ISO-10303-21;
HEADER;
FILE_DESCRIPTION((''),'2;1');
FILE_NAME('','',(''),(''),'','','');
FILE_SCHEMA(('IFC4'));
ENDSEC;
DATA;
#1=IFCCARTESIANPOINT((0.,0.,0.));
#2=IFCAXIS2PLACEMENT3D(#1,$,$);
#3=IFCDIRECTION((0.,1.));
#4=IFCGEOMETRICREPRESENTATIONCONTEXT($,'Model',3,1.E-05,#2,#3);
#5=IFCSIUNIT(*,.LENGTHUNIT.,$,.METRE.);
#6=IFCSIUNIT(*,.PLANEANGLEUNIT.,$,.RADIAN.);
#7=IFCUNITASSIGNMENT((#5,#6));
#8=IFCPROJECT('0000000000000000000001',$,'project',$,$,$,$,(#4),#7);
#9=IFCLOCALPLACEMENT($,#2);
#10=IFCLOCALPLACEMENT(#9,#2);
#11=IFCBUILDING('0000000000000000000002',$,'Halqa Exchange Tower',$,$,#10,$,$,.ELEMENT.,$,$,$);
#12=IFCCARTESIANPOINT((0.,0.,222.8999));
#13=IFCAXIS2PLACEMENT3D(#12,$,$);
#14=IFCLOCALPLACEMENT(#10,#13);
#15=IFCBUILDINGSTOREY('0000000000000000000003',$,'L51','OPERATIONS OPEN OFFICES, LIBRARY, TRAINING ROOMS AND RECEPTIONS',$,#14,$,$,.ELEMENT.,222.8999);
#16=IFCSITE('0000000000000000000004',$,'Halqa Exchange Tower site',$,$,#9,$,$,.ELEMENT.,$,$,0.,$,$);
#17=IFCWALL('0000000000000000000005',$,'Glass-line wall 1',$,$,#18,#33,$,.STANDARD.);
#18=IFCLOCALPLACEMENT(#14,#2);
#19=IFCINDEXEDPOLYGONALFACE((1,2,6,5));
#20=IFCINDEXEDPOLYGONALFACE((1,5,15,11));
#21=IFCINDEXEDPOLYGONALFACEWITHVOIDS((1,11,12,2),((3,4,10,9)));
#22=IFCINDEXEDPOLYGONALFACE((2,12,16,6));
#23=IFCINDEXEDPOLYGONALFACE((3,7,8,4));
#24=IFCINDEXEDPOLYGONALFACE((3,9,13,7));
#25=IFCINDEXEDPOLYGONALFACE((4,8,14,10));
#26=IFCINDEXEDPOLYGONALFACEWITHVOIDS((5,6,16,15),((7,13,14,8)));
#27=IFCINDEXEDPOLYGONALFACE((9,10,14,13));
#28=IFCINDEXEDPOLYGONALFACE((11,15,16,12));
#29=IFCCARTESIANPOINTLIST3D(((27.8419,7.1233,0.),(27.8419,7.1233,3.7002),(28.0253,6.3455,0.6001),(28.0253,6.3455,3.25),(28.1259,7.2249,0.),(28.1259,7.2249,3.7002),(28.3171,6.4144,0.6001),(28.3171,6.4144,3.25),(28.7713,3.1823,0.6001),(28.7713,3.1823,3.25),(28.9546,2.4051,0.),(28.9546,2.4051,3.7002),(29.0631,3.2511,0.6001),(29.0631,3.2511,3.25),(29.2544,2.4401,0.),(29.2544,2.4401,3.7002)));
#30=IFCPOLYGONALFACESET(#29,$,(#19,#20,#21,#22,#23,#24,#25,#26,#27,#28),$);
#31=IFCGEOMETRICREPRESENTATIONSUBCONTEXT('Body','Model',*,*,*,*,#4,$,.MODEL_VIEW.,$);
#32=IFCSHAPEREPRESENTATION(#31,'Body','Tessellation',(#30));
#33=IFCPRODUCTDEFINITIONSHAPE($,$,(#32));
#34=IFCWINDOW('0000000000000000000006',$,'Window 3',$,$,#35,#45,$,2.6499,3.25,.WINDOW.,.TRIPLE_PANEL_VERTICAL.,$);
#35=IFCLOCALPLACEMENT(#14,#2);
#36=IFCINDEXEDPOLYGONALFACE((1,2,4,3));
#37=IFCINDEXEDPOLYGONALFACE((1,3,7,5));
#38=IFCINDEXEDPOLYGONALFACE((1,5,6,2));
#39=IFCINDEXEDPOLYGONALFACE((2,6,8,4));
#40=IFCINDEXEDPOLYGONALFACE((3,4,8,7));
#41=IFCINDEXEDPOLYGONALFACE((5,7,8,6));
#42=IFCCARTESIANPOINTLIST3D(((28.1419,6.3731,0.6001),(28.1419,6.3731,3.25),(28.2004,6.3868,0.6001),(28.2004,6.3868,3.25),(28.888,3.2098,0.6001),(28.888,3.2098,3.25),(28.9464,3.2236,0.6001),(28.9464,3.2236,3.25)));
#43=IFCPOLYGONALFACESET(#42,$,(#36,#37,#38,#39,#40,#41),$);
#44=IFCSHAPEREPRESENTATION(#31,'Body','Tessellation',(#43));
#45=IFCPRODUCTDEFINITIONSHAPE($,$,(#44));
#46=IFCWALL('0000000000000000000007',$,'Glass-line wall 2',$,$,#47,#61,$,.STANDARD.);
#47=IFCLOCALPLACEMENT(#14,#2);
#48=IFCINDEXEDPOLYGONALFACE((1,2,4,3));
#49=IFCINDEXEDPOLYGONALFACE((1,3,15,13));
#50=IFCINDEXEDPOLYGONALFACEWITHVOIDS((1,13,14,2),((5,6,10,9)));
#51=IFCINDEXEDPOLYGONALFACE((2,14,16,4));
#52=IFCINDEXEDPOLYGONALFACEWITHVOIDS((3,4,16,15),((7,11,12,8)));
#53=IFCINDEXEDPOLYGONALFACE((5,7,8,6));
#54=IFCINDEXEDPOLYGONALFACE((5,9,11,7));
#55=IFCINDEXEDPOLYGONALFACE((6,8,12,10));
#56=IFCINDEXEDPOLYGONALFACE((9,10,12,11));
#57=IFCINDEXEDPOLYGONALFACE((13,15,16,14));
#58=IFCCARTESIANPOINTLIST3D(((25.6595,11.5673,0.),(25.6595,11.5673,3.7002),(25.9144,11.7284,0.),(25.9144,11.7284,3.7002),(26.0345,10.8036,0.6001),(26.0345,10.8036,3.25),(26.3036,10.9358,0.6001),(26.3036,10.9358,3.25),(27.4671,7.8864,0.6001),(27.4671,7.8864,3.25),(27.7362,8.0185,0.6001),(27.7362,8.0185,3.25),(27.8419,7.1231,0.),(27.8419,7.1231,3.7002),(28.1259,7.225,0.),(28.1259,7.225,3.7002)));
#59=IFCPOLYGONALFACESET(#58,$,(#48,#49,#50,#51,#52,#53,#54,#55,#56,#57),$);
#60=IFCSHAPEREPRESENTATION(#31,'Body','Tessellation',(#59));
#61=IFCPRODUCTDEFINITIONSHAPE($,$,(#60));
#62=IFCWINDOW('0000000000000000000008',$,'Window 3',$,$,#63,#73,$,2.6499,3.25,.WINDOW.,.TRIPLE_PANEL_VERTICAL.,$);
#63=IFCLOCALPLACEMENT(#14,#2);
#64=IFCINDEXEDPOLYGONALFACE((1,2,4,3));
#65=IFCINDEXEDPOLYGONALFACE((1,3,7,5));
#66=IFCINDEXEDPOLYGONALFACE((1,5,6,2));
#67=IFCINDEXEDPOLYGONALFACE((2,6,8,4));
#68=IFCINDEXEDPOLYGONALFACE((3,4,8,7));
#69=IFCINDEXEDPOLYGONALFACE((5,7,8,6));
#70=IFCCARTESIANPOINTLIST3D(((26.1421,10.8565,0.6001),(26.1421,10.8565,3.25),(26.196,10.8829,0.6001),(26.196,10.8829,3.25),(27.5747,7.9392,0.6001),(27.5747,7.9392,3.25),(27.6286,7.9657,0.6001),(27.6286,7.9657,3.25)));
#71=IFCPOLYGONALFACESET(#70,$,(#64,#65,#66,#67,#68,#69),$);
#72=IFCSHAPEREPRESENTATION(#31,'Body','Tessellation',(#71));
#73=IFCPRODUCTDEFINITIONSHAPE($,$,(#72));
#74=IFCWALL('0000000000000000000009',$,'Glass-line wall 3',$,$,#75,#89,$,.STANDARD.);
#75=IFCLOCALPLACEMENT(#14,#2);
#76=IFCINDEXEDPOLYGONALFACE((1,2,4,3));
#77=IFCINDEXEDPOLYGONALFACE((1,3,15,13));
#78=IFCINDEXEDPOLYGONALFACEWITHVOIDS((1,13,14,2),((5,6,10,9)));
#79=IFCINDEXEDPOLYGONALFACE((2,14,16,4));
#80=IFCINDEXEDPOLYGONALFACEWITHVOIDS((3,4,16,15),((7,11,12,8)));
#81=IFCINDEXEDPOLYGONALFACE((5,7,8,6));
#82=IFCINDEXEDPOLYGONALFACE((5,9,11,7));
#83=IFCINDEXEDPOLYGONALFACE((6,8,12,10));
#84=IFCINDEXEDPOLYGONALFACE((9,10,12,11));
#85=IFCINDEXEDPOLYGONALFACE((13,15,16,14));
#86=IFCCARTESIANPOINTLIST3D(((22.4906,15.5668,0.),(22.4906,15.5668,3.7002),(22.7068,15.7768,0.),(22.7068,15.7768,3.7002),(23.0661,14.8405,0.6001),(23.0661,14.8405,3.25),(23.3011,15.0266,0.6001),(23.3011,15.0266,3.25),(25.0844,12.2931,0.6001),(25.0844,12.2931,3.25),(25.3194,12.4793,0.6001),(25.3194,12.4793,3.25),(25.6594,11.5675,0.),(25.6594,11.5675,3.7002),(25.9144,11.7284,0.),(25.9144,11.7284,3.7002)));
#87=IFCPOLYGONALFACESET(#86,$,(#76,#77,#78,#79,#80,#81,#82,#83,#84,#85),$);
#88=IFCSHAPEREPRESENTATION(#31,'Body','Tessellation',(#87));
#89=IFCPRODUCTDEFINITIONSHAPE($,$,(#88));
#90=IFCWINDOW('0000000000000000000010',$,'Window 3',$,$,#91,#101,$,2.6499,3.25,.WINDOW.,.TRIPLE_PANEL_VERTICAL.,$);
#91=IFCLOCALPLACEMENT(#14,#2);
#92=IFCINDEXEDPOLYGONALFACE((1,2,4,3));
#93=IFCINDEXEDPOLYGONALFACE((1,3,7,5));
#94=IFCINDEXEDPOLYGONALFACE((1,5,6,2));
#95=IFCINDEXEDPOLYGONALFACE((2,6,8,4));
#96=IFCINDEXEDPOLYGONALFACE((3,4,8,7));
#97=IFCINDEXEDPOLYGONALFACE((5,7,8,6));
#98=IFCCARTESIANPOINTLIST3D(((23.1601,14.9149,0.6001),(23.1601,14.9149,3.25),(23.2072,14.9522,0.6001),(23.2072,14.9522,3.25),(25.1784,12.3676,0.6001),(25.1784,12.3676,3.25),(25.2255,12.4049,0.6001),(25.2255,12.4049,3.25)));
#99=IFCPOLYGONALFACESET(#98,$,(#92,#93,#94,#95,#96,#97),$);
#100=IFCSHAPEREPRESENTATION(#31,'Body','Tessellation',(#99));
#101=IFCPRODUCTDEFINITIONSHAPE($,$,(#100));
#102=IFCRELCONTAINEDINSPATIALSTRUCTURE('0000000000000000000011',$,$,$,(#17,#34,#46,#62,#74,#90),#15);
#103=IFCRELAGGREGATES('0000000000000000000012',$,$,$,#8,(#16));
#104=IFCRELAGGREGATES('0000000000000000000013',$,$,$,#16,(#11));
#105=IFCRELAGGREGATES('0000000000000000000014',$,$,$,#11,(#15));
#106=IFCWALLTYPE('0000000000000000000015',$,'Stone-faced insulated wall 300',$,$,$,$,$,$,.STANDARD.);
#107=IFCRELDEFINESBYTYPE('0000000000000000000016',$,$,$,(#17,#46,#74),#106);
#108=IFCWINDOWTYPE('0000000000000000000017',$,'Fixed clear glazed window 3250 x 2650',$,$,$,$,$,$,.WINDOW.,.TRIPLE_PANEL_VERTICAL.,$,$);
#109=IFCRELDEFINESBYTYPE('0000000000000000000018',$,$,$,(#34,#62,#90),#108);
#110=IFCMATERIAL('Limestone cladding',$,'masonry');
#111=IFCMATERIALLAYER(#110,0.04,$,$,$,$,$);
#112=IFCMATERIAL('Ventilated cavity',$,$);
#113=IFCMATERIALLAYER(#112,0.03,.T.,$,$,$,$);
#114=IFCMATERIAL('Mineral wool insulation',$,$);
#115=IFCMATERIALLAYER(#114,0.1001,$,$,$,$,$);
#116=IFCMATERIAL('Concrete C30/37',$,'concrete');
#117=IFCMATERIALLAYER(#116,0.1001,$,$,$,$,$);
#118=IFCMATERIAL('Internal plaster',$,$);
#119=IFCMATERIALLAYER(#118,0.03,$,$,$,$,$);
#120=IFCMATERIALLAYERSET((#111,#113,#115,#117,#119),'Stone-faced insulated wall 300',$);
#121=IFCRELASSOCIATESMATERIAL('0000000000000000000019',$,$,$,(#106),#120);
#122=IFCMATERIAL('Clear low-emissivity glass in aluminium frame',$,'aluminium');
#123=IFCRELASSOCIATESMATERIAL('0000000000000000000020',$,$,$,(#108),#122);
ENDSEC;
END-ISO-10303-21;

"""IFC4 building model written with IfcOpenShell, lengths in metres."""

from ifc_helpers import new_model, si_unit, direction, frame, frame_2d, origin, place, context, subcontext, project, spatial, polyline, rectangle, outline, extrude, material, layer, layer_set, type_object, element, fill, save


model = new_model("IFC4")

# Units and contexts
model_context = context("Model", 3, precision=1e-05, world=origin(), true_north=direction((0.0, 1.0)))
body_context = subcontext(model_context, "Body", "Model", "MODEL_VIEW")
ifc_project = project(units=[si_unit("LENGTHUNIT", "METRE"), si_unit("PLANEANGLEUNIT", "RADIAN")], contexts=[model_context])

# Site, building, storey
site_placement = place(None, origin())
site = spatial("IfcSite", under=ifc_project, at=site_placement, Name="Halqa Exchange Tower site", CompositionType="ELEMENT", RefElevation=0.0)
building_placement = place(site_placement, origin())
building = spatial("IfcBuilding", under=site, at=building_placement, Name="Halqa Exchange Tower", CompositionType="ELEMENT")
storey_placement = place(building_placement, frame((0.0, 0.0, 222.8999)))
storey = spatial("IfcBuildingStorey", under=building, at=storey_placement, Name="L51", Description="OPERATIONS OPEN OFFICES, LIBRARY, TRAINING ROOMS AND RECEPTIONS", CompositionType="ELEMENT", Elevation=222.8999)

# Walls, openings, windows
ifc_material_1 = material(Name="Limestone cladding", Category="masonry")
ifc_layer_1 = layer(ifc_material_1, 0.04)
ifc_material_2 = material(Name="Ventilated cavity")
ifc_layer_2 = layer(ifc_material_2, 0.03, ventilated=True)
ifc_material_3 = material(Name="Mineral wool insulation")
ifc_layer_3 = layer(ifc_material_3, 0.1001)
ifc_material_4 = material(Name="Concrete C30/37", Category="concrete")
ifc_layer_4 = layer(ifc_material_4, 0.1001)
ifc_material_5 = material(Name="Internal plaster")
ifc_layer_5 = layer(ifc_material_5, 0.03)
ifc_layer_set_1 = layer_set([ifc_layer_1, ifc_layer_2, ifc_layer_3, ifc_layer_4, ifc_layer_5], Name="Stone-faced insulated wall 300")
wall_type_1 = type_object("IfcWallType", Name="Stone-faced insulated wall 300", PredefinedType="STANDARD", material=ifc_layer_set_1)
wall_1_placement = place(storey_placement, frame((29.1045, 2.4226, 0.0), z_axis=(0.0, 0.0, 1.0), x_axis=(-0.229547, 0.973298, 0.0)))
wall_1 = element("IfcWall", 1, at=wall_1_placement, inside=storey, type_object=wall_type_1, Name="Glass-line wall 1", PredefinedType="STANDARD", context=body_context, shape_type="SweptSolid", body=[
    extrude(outline(polyline([(-0.0173, -0.1499), (4.8987, -0.1499), (4.865, 0.1499), (0.0173, 0.1499), (-0.0173, -0.1499)])), origin(), (0.0, 0.0, 1.0), 3.7002),
])
opening_1_placement = place(wall_1_placement, frame((0.8159, 0.0, 0.6001)))
opening_1 = element("IfcOpeningElement", 2, at=opening_1_placement, cuts=wall_1, PredefinedType="OPENING", context=body_context, shape_type="SweptSolid", body=[
    extrude(rectangle(XDim=3.25, YDim=2.6499, at=frame_2d((1.625, 1.325))), frame((0.0, 0.1621, 0.0), z_axis=(0.0, -1.0, 0.0), x_axis=(1.0, 0.0, 0.0)), (0.0, 0.0, 1.0), 0.324),
])
ifc_material_6 = material(Name="Clear low-emissivity glass in aluminium frame", Category="aluminium")
window_type = type_object("IfcWindowType", Name="Fixed clear glazed window 3250 x 2650", PartitioningType="TRIPLE_PANEL_VERTICAL", PredefinedType="WINDOW", material=ifc_material_6)
window_1_placement = place(opening_1_placement, origin())
window_1 = element("IfcWindow", 3, at=window_1_placement, inside=storey, type_object=window_type, Name="Window 3", OverallHeight=2.6499, OverallWidth=3.25, PartitioningType="TRIPLE_PANEL_VERTICAL", PredefinedType="WINDOW", context=body_context, shape_type="SweptSolid", body=[
    extrude(rectangle(XDim=3.25, YDim=2.6499, at=frame_2d((1.625, 1.325))), frame((0.0, 0.03, 0.0), z_axis=(0.0, -1.0, 0.0), x_axis=(1.0, 0.0, 0.0)), (0.0, 0.0, 1.0), 0.0601),
])
fill(opening_1, window_1)
wall_2_placement = place(storey_placement, frame((27.9839, 7.1741, 0.0), z_axis=(0.0, 0.0, 1.0), x_axis=(-0.440795, 0.897608, 0.0)))
wall_2 = element("IfcWall", 4, at=wall_2_placement, inside=storey, type_object=wall_type_1, Name="Glass-line wall 2", PredefinedType="STANDARD", context=body_context, shape_type="SweptSolid", body=[
    extrude(outline(polyline([(-0.0168, -0.1499), (5.0002, -0.1499), (4.968, 0.1499), (0.0168, 0.1499), (-0.0168, -0.1499)])), origin(), (0.0, 0.0, 1.0), 3.7002),
])
opening_2_placement = place(wall_2_placement, frame((0.8672, 0.0, 0.6001)))
opening_2 = element("IfcOpeningElement", 5, at=opening_2_placement, cuts=wall_2, PredefinedType="OPENING", context=body_context, shape_type="SweptSolid", body=[
    extrude(rectangle(XDim=3.25, YDim=2.6499, at=frame_2d((1.625, 1.325))), frame((0.0, 0.1621, 0.0), z_axis=(0.0, -1.0, 0.0), x_axis=(1.0, 0.0, 0.0)), (0.0, 0.0, 1.0), 0.324),
])
window_2_placement = place(opening_2_placement, origin())
window_2 = element("IfcWindow", 6, at=window_2_placement, inside=storey, type_object=window_type, Name="Window 3", OverallHeight=2.6499, OverallWidth=3.25, PartitioningType="TRIPLE_PANEL_VERTICAL", PredefinedType="WINDOW", context=body_context, shape_type="SweptSolid", body=[
    extrude(rectangle(XDim=3.25, YDim=2.6499, at=frame_2d((1.625, 1.325))), frame((0.0, 0.03, 0.0), z_axis=(0.0, -1.0, 0.0), x_axis=(1.0, 0.0, 0.0)), (0.0, 0.0, 1.0), 0.0601),
])
fill(opening_2, window_2)
wall_3_placement = place(storey_placement, frame((25.7869, 11.6479, 0.0), z_axis=(0.0, 0.0, 1.0), x_axis=(-0.621017, 0.783797, 0.0)))
wall_3 = element("IfcWall", 7, at=wall_3_placement, inside=storey, type_object=wall_type_1, Name="Glass-line wall 3", PredefinedType="STANDARD", context=body_context, shape_type="SweptSolid", body=[
    extrude(outline(polyline([(-0.0161, -0.1499), (5.1489, -0.1499), (5.1187, 0.1499), (0.0161, 0.1499), (-0.0161, -0.1499)])), origin(), (0.0, 0.0, 1.0), 3.7002),
])
opening_3_placement = place(wall_3_placement, frame((0.9419, 0.0, 0.6001)))
opening_3 = element("IfcOpeningElement", 8, at=opening_3_placement, cuts=wall_3, PredefinedType="OPENING", context=body_context, shape_type="SweptSolid", body=[
    extrude(rectangle(XDim=3.25, YDim=2.6499, at=frame_2d((1.625, 1.325))), frame((0.0, 0.1621, 0.0), z_axis=(0.0, -1.0, 0.0), x_axis=(1.0, 0.0, 0.0)), (0.0, 0.0, 1.0), 0.324),
])
window_3_placement = place(opening_3_placement, origin())
window_3 = element("IfcWindow", 9, at=window_3_placement, inside=storey, type_object=window_type, Name="Window 3", OverallHeight=2.6499, OverallWidth=3.25, PartitioningType="TRIPLE_PANEL_VERTICAL", PredefinedType="WINDOW", context=body_context, shape_type="SweptSolid", body=[
    extrude(rectangle(XDim=3.25, YDim=2.6499, at=frame_2d((1.625, 1.325))), frame((0.0, 0.03, 0.0), z_axis=(0.0, -1.0, 0.0), x_axis=(1.0, 0.0, 0.0)), (0.0, 0.0, 1.0), 0.0601),
])
fill(opening_3, window_3)

save(model, "model.ifc")
